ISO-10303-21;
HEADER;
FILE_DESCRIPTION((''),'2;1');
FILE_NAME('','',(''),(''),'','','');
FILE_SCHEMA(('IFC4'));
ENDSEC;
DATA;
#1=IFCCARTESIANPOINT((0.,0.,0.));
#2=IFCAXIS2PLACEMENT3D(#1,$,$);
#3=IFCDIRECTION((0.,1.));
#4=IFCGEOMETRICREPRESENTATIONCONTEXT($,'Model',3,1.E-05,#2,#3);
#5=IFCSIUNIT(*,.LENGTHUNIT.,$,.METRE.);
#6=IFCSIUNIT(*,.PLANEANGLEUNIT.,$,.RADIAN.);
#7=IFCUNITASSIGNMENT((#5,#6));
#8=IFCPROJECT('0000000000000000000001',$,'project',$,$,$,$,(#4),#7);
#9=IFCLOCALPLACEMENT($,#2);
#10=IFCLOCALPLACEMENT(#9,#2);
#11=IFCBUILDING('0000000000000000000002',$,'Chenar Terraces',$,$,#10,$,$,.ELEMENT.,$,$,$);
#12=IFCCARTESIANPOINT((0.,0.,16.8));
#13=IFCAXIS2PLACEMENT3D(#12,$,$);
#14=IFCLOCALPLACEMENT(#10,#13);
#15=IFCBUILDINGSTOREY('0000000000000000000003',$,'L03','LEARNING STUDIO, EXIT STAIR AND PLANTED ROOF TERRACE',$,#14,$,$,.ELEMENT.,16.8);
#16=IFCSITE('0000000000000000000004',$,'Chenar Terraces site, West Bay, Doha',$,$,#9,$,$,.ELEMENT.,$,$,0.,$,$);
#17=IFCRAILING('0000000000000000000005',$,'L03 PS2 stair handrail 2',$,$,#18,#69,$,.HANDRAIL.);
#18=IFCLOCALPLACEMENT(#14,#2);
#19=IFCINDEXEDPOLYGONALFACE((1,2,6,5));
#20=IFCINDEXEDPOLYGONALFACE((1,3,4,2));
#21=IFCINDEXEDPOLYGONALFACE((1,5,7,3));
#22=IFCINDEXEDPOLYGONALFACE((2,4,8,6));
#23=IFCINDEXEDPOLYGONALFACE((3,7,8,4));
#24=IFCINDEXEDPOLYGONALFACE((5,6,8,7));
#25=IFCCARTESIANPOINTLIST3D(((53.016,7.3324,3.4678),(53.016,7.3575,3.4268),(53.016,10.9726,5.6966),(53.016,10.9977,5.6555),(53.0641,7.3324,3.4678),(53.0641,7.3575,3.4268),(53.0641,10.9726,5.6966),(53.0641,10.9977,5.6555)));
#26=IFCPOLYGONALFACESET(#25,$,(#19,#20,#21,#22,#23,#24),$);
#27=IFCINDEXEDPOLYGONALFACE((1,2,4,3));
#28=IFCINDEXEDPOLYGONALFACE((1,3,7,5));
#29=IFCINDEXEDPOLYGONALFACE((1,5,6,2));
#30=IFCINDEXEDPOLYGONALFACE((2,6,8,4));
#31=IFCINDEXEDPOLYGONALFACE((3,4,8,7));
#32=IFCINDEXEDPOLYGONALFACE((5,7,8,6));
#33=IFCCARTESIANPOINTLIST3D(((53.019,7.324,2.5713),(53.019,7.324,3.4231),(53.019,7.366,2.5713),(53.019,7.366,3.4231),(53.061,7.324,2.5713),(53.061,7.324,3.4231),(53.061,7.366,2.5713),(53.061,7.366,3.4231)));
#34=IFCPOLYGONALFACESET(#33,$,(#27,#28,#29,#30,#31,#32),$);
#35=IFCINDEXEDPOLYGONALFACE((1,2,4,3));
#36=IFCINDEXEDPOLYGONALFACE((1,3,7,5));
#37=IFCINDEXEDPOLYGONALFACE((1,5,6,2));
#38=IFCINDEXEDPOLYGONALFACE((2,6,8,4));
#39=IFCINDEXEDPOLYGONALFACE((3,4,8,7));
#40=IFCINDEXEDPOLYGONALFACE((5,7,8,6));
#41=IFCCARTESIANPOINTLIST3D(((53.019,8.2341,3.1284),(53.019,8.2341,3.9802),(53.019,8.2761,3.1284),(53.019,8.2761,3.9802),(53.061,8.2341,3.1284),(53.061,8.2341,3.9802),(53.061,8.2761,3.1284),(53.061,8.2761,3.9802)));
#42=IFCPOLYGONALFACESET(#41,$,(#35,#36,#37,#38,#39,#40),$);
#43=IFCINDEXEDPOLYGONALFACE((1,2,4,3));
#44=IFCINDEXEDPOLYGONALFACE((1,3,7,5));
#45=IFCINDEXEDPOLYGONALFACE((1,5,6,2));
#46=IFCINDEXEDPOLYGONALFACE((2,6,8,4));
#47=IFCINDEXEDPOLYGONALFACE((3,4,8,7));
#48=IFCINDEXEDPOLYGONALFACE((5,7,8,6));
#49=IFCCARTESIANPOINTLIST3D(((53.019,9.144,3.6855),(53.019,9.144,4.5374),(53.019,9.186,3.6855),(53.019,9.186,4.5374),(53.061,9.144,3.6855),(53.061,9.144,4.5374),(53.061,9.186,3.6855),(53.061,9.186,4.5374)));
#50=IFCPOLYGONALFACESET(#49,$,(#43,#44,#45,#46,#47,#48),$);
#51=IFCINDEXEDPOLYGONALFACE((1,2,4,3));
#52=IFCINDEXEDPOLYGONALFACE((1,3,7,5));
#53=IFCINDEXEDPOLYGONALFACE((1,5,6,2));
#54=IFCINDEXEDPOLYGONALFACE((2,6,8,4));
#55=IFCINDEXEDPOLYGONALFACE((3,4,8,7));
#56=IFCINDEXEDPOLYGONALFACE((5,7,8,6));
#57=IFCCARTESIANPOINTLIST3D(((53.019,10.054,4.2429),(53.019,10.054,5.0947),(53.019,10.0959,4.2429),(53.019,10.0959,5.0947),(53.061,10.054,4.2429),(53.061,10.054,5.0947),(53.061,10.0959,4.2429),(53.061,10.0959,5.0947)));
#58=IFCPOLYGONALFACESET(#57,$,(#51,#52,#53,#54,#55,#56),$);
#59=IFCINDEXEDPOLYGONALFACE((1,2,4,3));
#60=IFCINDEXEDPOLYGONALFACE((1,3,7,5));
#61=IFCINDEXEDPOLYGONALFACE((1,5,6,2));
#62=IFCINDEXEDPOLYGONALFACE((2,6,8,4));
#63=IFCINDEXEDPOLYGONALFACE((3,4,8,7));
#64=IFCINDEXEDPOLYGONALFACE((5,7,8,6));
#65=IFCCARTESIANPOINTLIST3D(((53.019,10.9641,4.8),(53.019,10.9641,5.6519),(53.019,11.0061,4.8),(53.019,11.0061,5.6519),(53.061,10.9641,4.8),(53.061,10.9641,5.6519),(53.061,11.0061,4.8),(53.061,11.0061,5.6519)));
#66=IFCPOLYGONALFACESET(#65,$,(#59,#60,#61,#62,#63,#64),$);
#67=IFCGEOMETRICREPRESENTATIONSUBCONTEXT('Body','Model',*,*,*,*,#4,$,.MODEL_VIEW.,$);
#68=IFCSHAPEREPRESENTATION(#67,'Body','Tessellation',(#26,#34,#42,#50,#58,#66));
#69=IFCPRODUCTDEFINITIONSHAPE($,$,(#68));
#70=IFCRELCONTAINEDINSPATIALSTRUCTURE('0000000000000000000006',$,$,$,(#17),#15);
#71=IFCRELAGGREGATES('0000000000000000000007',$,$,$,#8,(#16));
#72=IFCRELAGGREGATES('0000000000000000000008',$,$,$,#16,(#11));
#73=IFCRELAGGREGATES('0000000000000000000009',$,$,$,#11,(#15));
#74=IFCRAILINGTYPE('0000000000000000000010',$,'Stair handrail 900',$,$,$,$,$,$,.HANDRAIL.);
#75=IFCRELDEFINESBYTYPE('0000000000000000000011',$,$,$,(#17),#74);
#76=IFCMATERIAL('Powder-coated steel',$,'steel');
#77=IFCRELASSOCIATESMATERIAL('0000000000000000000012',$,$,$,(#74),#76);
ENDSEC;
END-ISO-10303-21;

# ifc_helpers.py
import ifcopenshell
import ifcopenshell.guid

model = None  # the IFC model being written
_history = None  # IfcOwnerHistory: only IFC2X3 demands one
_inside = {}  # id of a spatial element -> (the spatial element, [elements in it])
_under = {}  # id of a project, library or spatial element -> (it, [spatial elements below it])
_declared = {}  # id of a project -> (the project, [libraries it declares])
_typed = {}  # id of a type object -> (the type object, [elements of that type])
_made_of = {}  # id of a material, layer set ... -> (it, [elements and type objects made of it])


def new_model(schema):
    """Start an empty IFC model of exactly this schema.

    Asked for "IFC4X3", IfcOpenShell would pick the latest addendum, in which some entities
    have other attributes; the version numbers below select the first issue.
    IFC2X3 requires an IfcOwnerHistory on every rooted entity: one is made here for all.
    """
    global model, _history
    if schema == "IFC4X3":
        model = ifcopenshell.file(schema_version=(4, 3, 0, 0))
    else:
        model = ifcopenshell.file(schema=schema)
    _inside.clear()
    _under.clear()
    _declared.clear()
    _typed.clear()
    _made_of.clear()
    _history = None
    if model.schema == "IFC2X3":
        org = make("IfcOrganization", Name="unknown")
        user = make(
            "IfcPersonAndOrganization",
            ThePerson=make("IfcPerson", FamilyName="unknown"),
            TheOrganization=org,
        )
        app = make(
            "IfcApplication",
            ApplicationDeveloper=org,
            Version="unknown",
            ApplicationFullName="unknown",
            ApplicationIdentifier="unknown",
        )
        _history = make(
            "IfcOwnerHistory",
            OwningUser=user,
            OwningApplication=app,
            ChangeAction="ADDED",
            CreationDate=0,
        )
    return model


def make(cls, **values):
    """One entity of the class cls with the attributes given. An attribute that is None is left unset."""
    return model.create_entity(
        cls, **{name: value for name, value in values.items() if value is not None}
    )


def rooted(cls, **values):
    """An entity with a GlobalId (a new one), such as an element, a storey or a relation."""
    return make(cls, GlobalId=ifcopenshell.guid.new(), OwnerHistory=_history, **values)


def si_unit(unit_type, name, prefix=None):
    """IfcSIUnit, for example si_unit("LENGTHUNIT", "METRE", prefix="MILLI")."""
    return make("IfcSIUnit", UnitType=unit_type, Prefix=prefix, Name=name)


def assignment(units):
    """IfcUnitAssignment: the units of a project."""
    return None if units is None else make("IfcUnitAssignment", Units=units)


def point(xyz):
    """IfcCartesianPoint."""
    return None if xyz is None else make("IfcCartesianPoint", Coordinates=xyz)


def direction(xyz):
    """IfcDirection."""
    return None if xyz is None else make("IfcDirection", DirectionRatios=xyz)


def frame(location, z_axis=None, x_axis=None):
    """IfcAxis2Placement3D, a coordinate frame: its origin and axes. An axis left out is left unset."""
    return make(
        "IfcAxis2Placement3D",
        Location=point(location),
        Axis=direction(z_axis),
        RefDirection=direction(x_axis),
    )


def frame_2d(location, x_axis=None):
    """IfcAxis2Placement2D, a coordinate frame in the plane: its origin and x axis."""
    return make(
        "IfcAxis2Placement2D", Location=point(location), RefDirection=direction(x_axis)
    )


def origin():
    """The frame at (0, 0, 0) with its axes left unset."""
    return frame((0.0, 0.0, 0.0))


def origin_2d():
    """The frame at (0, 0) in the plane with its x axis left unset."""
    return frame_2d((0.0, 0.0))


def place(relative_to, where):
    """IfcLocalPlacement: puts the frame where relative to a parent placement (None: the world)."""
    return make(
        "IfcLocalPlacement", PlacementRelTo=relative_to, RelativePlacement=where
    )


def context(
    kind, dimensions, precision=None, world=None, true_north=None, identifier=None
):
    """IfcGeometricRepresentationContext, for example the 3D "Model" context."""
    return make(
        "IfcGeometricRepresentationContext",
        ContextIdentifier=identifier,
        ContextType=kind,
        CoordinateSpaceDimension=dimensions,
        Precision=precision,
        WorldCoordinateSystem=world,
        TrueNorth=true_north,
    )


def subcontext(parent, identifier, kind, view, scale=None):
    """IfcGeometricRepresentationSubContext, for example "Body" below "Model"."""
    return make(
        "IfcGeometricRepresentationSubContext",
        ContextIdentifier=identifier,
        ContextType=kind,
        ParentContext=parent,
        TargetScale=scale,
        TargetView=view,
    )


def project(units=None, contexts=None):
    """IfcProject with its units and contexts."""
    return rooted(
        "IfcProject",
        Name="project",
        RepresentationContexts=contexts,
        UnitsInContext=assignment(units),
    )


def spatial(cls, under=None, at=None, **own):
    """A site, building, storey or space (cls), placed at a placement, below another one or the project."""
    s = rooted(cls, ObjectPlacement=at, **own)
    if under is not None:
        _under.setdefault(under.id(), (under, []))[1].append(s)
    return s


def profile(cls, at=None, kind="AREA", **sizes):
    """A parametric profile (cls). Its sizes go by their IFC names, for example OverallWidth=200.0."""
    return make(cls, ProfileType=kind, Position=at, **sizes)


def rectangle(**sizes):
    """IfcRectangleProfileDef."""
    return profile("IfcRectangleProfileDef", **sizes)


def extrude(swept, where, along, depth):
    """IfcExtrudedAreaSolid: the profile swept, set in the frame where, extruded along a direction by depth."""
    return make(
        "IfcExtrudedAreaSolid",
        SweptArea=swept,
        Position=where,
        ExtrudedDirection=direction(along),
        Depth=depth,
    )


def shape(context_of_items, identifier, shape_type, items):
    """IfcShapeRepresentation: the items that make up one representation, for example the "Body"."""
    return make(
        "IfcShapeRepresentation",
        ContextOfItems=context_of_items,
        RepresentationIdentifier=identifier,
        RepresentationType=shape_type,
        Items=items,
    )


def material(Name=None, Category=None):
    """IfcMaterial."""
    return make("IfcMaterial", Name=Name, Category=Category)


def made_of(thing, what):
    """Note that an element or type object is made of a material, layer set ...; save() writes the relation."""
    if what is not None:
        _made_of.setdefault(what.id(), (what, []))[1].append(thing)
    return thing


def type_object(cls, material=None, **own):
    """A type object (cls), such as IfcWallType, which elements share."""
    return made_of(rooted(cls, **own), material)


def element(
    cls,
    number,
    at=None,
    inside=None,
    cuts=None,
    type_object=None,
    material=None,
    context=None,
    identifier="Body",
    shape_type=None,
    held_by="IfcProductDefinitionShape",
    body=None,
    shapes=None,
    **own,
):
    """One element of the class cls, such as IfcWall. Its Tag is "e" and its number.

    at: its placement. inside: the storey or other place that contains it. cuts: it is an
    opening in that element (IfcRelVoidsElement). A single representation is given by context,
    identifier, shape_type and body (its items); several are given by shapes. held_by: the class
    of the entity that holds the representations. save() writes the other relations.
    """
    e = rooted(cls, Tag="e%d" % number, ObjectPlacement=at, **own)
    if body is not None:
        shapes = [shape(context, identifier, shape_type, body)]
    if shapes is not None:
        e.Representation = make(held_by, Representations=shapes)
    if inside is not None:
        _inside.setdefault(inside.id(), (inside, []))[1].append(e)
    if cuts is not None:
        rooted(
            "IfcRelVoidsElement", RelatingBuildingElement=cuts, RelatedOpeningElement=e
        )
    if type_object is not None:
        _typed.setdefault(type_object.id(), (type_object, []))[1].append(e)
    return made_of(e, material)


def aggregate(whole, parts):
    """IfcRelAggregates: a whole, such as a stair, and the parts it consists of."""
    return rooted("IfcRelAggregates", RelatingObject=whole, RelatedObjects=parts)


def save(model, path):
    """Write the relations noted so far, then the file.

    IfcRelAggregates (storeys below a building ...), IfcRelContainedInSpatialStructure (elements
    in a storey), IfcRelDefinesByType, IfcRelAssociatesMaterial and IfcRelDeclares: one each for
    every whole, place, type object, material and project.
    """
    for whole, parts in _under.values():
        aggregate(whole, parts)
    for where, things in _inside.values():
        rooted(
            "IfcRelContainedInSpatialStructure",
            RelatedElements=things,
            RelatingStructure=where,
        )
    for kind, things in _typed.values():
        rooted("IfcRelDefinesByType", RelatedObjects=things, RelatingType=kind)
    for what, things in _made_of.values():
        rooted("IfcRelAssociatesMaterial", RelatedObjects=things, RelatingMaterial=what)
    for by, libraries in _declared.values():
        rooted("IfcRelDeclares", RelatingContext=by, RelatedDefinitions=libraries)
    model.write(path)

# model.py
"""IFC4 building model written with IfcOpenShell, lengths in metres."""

from ifc_helpers import new_model, si_unit, direction, frame, origin, origin_2d, place, context, subcontext, project, spatial, rectangle, extrude, material, type_object, element, save


model = new_model("IFC4")

# Units and contexts
model_context = context("Model", 3, precision=1e-05, world=origin(), true_north=direction((0.0, 1.0)))
body_context = subcontext(model_context, "Body", "Model", "MODEL_VIEW")
ifc_project = project(units=[si_unit("LENGTHUNIT", "METRE"), si_unit("PLANEANGLEUNIT", "RADIAN")], contexts=[model_context])

# Site, building, storey
site_placement = place(None, origin())
site = spatial("IfcSite", under=ifc_project, at=site_placement, Name="Chenar Terraces site, West Bay, Doha", CompositionType="ELEMENT", RefElevation=0.0)
building_placement = place(site_placement, origin())
building = spatial("IfcBuilding", under=site, at=building_placement, Name="Chenar Terraces", CompositionType="ELEMENT")
storey_placement = place(building_placement, frame((0.0, 0.0, 16.8)))
storey = spatial("IfcBuildingStorey", under=building, at=storey_placement, Name="L03", Description="LEARNING STUDIO, EXIT STAIR AND PLANTED ROOF TERRACE", CompositionType="ELEMENT", Elevation=16.8)

# Railing
ifc_material_1 = material(Name="Powder-coated steel", Category="steel")
railing_type_1 = type_object("IfcRailingType", Name="Stair handrail 900", PredefinedType="HANDRAIL", material=ifc_material_1)
railing_1_placement = place(storey_placement, frame((53.04, 7.345, 2.5713)))
element("IfcRailing", 1, at=railing_1_placement, inside=storey, type_object=railing_type_1, Name="L03 PS2 stair handrail 2", PredefinedType="HANDRAIL", context=body_context, shape_type="SweptSolid", body=[
    extrude(rectangle(XDim=0.0481, YDim=0.0481, at=origin_2d()), frame((0.0, 0.0, 0.876), z_axis=(0.0, 0.85284, 0.522172), x_axis=(-1.0, 0.0, 0.0)), (0.0, 0.0, 1.0), 4.2683),
    extrude(rectangle(XDim=0.042, YDim=0.042, at=origin_2d()), origin(), (0.0, 0.0, 1.0), 0.8518),
    extrude(rectangle(XDim=0.042, YDim=0.042, at=origin_2d()), frame((0.0, 0.9102, 0.5571)), (0.0, 0.0, 1.0), 0.8518),
    extrude(rectangle(XDim=0.042, YDim=0.042, at=origin_2d()), frame((0.0, 1.8201, 1.1143)), (0.0, 0.0, 1.0), 0.8518),
    extrude(rectangle(XDim=0.042, YDim=0.042, at=origin_2d()), frame((0.0, 2.73, 1.6716)), (0.0, 0.0, 1.0), 0.8518),
    extrude(rectangle(XDim=0.042, YDim=0.042, at=origin_2d()), frame((0.0, 3.6401, 2.2288)), (0.0, 0.0, 1.0), 0.8518),
])

save(model, "model.ifc")
